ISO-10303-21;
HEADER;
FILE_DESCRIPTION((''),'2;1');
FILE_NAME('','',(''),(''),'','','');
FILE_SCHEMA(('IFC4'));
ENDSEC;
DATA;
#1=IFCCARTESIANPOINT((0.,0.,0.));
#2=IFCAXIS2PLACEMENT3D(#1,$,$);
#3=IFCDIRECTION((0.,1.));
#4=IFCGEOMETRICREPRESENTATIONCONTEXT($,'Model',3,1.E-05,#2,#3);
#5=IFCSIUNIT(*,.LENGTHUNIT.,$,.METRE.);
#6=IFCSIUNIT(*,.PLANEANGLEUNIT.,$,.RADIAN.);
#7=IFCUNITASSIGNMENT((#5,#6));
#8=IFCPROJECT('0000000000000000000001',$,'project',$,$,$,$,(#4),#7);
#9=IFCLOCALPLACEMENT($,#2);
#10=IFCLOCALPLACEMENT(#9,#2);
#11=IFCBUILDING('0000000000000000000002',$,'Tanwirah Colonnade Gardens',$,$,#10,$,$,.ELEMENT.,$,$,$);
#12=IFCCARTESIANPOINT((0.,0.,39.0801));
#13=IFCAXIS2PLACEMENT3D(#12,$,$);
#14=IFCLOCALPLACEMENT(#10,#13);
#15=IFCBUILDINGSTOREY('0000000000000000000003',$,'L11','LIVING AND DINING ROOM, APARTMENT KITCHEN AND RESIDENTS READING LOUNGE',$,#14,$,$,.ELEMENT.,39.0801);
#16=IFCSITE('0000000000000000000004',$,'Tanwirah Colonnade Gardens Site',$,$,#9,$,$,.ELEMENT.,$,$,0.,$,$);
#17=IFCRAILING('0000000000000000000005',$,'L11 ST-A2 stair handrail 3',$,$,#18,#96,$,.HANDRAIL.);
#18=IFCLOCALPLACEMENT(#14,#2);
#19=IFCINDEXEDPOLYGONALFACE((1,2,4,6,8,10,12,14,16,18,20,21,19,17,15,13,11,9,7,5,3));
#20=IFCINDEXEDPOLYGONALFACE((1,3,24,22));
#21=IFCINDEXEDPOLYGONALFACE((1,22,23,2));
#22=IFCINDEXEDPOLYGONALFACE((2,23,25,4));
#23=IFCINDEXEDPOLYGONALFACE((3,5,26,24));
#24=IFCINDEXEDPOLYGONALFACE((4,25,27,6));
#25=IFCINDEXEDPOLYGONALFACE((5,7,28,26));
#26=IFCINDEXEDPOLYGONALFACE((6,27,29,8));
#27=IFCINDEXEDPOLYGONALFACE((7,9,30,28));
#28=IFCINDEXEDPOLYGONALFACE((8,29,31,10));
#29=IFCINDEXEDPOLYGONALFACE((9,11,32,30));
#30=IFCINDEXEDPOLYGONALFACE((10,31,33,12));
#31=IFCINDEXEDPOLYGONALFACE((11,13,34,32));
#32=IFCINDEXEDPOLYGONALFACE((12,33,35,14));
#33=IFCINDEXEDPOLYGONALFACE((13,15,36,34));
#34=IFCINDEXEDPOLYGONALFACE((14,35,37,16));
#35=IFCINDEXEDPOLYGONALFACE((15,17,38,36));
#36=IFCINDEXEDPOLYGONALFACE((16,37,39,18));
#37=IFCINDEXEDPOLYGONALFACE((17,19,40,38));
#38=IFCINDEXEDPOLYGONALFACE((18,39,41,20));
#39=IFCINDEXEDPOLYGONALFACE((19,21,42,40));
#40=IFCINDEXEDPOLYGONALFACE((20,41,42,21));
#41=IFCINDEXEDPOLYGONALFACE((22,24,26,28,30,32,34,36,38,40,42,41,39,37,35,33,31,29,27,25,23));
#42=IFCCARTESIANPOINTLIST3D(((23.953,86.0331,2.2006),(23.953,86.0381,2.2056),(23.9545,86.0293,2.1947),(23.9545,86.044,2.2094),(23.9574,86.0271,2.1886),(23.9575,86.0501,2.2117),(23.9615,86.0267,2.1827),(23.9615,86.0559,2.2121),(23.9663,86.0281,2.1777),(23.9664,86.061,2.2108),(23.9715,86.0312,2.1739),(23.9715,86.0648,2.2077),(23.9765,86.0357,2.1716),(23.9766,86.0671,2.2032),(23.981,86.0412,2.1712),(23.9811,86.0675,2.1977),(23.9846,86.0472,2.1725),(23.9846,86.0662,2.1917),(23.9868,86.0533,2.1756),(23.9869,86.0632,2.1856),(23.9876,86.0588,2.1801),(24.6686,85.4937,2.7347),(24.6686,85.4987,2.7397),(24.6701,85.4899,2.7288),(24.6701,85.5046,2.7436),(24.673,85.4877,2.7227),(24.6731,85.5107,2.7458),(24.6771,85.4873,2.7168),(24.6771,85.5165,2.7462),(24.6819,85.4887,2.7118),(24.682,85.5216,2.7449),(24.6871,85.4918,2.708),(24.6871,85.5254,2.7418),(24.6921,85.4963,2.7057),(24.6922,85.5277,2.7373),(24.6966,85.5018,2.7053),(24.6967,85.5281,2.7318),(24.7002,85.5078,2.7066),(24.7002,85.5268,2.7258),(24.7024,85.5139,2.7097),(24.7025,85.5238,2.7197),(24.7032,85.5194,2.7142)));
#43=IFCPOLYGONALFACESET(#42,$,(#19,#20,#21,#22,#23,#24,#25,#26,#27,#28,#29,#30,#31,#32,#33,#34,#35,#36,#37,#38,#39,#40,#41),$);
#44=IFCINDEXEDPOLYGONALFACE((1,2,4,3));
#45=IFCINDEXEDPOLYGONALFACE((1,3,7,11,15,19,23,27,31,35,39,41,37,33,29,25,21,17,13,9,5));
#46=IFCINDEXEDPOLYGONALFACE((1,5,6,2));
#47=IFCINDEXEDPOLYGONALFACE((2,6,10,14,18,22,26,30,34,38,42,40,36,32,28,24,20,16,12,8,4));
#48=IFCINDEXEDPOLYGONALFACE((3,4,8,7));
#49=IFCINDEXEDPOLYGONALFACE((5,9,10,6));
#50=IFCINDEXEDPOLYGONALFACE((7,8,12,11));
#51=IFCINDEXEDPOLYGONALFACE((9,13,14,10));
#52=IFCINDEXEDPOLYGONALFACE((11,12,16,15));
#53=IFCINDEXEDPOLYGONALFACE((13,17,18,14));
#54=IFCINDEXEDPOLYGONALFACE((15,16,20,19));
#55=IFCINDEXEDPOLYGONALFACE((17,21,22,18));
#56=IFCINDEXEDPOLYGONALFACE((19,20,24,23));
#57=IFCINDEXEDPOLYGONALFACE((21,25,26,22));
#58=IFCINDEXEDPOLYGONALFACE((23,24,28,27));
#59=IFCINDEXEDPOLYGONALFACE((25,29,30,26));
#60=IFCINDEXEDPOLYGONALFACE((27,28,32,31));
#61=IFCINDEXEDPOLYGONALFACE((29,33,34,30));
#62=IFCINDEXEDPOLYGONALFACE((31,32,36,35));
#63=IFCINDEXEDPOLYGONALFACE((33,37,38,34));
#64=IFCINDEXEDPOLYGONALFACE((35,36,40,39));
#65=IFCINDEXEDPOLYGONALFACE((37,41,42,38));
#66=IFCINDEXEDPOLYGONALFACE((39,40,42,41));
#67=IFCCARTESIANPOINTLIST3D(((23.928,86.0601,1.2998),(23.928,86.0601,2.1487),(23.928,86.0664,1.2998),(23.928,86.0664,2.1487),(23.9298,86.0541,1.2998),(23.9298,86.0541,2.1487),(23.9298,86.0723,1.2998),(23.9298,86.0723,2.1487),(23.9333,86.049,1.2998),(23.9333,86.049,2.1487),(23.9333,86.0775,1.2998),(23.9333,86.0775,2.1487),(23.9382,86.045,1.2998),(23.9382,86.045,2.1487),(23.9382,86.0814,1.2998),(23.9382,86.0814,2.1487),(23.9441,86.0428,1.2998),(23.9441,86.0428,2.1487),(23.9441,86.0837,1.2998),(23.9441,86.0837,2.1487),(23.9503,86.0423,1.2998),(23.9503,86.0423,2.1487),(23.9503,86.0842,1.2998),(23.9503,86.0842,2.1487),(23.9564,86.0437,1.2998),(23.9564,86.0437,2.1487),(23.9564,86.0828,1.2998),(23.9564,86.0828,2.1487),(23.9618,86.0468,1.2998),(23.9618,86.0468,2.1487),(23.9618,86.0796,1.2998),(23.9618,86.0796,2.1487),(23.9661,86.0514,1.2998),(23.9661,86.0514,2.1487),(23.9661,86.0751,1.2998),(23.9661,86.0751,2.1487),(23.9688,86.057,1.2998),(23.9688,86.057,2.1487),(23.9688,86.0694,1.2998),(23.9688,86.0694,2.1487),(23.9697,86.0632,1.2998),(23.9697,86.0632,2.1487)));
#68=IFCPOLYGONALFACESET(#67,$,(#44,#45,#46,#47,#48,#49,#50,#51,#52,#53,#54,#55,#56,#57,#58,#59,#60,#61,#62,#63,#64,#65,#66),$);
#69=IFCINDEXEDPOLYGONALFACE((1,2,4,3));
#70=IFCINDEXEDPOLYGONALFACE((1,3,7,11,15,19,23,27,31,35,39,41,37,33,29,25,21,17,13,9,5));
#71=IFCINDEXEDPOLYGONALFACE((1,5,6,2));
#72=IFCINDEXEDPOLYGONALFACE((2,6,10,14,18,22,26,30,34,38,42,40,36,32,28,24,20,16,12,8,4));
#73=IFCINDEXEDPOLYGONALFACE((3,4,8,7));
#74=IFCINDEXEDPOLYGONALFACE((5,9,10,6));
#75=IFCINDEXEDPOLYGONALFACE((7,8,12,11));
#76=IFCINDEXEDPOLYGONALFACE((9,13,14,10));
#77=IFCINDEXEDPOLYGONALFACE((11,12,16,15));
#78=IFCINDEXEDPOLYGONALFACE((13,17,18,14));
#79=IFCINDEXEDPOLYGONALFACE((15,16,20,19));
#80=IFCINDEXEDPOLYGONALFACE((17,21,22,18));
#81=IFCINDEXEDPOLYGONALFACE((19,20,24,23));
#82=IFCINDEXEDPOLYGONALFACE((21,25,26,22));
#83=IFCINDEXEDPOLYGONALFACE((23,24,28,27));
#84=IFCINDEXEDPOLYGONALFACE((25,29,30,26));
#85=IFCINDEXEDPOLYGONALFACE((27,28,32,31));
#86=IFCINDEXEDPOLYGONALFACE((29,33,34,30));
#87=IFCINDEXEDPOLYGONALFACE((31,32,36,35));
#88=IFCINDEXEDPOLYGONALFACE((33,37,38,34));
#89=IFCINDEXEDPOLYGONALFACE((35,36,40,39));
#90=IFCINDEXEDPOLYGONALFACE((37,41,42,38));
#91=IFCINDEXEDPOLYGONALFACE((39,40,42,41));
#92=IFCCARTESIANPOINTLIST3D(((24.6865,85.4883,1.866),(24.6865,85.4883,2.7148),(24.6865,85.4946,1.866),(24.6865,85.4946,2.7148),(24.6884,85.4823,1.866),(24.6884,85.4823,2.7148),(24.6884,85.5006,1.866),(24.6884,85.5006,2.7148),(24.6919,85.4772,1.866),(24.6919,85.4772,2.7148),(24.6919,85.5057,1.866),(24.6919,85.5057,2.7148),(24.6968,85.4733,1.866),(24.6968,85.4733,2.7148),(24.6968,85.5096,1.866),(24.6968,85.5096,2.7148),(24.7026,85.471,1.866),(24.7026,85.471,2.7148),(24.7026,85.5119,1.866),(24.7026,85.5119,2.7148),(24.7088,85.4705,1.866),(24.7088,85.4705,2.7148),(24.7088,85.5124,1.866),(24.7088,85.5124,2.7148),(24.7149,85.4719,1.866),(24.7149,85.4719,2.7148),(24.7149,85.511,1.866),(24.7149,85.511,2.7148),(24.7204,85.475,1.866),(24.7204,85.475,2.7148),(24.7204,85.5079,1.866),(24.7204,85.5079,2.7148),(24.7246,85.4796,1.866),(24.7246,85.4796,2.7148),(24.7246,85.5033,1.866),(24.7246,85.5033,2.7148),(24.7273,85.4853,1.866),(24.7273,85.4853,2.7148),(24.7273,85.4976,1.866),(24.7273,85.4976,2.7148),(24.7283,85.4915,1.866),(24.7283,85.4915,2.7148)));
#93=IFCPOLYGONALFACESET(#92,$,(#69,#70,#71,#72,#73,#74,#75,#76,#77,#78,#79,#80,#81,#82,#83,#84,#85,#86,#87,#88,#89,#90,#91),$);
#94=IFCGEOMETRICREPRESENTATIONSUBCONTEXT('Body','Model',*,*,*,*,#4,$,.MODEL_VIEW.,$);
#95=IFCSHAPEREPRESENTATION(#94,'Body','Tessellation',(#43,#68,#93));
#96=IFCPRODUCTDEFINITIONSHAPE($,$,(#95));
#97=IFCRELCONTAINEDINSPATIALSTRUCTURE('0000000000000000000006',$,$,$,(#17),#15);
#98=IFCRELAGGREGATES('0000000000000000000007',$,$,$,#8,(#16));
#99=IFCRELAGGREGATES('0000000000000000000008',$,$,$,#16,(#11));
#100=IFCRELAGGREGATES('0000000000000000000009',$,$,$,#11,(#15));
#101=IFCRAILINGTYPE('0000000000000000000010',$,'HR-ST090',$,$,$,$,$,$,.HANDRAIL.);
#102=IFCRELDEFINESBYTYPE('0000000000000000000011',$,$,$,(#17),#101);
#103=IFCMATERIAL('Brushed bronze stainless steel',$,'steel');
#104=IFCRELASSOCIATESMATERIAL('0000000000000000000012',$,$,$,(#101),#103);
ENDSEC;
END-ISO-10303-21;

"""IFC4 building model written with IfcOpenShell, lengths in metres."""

from ifc_helpers import new_model, si_unit, direction, frame, origin, origin_2d, place, context, subcontext, project, spatial, circle, extrude, material, type_object, element, save


model = new_model("IFC4")

# Units and contexts
model_context = context("Model", 3, precision=1e-05, world=origin(), true_north=direction((0.0, 1.0)))
body_context = subcontext(model_context, "Body", "Model", "MODEL_VIEW")
ifc_project = project(units=[si_unit("LENGTHUNIT", "METRE"), si_unit("PLANEANGLEUNIT", "RADIAN")], contexts=[model_context])

# Site, building, storey
site_placement = place(None, origin())
site = spatial("IfcSite", under=ifc_project, at=site_placement, Name="Tanwirah Colonnade Gardens Site", CompositionType="ELEMENT", RefElevation=0.0)
building_placement = place(site_placement, origin())
building = spatial("IfcBuilding", under=site, at=building_placement, Name="Tanwirah Colonnade Gardens", CompositionType="ELEMENT")
storey_placement = place(building_placement, frame((0.0, 0.0, 39.0801)))
storey = spatial("IfcBuildingStorey", under=building, at=storey_placement, Name="L11", Description="LIVING AND DINING ROOM, APARTMENT KITCHEN AND RESIDENTS READING LOUNGE", CompositionType="ELEMENT", Elevation=39.0801)

# Railing
ifc_material_1 = material(Name="Brushed bronze stainless steel", Category="steel")
railing_type_1 = type_object("IfcRailingType", Name="HR-ST090", PredefinedType="HANDRAIL", material=ifc_material_1)
railing_1_placement = place(storey_placement, frame((23.9487, 86.0632, 1.2998)))
element("IfcRailing", 1, at=railing_1_placement, inside=storey, type_object=railing_type_1, Name="L11 ST-A2 stair handrail 3", PredefinedType="HANDRAIL", context=body_context, shape_type="SweptSolid", body=[
    extrude(circle(Radius=0.0239, at=origin_2d()), frame((0.0215, -0.0161, 0.8918), z_axis=(0.685951, -0.517057, 0.511979), x_axis=(0.601931, 0.798548, 0.0)), (0.0, 0.0, 1.0), 1.0432),
    extrude(circle(Radius=0.021, at=origin_2d()), origin(), (0.0, 0.0, 1.0), 0.8489),
    extrude(circle(Radius=0.021, at=origin_2d()), frame((0.7585, -0.5718, 0.5662)), (0.0, 0.0, 1.0), 0.8489),
])

save(model, "model.ifc")
